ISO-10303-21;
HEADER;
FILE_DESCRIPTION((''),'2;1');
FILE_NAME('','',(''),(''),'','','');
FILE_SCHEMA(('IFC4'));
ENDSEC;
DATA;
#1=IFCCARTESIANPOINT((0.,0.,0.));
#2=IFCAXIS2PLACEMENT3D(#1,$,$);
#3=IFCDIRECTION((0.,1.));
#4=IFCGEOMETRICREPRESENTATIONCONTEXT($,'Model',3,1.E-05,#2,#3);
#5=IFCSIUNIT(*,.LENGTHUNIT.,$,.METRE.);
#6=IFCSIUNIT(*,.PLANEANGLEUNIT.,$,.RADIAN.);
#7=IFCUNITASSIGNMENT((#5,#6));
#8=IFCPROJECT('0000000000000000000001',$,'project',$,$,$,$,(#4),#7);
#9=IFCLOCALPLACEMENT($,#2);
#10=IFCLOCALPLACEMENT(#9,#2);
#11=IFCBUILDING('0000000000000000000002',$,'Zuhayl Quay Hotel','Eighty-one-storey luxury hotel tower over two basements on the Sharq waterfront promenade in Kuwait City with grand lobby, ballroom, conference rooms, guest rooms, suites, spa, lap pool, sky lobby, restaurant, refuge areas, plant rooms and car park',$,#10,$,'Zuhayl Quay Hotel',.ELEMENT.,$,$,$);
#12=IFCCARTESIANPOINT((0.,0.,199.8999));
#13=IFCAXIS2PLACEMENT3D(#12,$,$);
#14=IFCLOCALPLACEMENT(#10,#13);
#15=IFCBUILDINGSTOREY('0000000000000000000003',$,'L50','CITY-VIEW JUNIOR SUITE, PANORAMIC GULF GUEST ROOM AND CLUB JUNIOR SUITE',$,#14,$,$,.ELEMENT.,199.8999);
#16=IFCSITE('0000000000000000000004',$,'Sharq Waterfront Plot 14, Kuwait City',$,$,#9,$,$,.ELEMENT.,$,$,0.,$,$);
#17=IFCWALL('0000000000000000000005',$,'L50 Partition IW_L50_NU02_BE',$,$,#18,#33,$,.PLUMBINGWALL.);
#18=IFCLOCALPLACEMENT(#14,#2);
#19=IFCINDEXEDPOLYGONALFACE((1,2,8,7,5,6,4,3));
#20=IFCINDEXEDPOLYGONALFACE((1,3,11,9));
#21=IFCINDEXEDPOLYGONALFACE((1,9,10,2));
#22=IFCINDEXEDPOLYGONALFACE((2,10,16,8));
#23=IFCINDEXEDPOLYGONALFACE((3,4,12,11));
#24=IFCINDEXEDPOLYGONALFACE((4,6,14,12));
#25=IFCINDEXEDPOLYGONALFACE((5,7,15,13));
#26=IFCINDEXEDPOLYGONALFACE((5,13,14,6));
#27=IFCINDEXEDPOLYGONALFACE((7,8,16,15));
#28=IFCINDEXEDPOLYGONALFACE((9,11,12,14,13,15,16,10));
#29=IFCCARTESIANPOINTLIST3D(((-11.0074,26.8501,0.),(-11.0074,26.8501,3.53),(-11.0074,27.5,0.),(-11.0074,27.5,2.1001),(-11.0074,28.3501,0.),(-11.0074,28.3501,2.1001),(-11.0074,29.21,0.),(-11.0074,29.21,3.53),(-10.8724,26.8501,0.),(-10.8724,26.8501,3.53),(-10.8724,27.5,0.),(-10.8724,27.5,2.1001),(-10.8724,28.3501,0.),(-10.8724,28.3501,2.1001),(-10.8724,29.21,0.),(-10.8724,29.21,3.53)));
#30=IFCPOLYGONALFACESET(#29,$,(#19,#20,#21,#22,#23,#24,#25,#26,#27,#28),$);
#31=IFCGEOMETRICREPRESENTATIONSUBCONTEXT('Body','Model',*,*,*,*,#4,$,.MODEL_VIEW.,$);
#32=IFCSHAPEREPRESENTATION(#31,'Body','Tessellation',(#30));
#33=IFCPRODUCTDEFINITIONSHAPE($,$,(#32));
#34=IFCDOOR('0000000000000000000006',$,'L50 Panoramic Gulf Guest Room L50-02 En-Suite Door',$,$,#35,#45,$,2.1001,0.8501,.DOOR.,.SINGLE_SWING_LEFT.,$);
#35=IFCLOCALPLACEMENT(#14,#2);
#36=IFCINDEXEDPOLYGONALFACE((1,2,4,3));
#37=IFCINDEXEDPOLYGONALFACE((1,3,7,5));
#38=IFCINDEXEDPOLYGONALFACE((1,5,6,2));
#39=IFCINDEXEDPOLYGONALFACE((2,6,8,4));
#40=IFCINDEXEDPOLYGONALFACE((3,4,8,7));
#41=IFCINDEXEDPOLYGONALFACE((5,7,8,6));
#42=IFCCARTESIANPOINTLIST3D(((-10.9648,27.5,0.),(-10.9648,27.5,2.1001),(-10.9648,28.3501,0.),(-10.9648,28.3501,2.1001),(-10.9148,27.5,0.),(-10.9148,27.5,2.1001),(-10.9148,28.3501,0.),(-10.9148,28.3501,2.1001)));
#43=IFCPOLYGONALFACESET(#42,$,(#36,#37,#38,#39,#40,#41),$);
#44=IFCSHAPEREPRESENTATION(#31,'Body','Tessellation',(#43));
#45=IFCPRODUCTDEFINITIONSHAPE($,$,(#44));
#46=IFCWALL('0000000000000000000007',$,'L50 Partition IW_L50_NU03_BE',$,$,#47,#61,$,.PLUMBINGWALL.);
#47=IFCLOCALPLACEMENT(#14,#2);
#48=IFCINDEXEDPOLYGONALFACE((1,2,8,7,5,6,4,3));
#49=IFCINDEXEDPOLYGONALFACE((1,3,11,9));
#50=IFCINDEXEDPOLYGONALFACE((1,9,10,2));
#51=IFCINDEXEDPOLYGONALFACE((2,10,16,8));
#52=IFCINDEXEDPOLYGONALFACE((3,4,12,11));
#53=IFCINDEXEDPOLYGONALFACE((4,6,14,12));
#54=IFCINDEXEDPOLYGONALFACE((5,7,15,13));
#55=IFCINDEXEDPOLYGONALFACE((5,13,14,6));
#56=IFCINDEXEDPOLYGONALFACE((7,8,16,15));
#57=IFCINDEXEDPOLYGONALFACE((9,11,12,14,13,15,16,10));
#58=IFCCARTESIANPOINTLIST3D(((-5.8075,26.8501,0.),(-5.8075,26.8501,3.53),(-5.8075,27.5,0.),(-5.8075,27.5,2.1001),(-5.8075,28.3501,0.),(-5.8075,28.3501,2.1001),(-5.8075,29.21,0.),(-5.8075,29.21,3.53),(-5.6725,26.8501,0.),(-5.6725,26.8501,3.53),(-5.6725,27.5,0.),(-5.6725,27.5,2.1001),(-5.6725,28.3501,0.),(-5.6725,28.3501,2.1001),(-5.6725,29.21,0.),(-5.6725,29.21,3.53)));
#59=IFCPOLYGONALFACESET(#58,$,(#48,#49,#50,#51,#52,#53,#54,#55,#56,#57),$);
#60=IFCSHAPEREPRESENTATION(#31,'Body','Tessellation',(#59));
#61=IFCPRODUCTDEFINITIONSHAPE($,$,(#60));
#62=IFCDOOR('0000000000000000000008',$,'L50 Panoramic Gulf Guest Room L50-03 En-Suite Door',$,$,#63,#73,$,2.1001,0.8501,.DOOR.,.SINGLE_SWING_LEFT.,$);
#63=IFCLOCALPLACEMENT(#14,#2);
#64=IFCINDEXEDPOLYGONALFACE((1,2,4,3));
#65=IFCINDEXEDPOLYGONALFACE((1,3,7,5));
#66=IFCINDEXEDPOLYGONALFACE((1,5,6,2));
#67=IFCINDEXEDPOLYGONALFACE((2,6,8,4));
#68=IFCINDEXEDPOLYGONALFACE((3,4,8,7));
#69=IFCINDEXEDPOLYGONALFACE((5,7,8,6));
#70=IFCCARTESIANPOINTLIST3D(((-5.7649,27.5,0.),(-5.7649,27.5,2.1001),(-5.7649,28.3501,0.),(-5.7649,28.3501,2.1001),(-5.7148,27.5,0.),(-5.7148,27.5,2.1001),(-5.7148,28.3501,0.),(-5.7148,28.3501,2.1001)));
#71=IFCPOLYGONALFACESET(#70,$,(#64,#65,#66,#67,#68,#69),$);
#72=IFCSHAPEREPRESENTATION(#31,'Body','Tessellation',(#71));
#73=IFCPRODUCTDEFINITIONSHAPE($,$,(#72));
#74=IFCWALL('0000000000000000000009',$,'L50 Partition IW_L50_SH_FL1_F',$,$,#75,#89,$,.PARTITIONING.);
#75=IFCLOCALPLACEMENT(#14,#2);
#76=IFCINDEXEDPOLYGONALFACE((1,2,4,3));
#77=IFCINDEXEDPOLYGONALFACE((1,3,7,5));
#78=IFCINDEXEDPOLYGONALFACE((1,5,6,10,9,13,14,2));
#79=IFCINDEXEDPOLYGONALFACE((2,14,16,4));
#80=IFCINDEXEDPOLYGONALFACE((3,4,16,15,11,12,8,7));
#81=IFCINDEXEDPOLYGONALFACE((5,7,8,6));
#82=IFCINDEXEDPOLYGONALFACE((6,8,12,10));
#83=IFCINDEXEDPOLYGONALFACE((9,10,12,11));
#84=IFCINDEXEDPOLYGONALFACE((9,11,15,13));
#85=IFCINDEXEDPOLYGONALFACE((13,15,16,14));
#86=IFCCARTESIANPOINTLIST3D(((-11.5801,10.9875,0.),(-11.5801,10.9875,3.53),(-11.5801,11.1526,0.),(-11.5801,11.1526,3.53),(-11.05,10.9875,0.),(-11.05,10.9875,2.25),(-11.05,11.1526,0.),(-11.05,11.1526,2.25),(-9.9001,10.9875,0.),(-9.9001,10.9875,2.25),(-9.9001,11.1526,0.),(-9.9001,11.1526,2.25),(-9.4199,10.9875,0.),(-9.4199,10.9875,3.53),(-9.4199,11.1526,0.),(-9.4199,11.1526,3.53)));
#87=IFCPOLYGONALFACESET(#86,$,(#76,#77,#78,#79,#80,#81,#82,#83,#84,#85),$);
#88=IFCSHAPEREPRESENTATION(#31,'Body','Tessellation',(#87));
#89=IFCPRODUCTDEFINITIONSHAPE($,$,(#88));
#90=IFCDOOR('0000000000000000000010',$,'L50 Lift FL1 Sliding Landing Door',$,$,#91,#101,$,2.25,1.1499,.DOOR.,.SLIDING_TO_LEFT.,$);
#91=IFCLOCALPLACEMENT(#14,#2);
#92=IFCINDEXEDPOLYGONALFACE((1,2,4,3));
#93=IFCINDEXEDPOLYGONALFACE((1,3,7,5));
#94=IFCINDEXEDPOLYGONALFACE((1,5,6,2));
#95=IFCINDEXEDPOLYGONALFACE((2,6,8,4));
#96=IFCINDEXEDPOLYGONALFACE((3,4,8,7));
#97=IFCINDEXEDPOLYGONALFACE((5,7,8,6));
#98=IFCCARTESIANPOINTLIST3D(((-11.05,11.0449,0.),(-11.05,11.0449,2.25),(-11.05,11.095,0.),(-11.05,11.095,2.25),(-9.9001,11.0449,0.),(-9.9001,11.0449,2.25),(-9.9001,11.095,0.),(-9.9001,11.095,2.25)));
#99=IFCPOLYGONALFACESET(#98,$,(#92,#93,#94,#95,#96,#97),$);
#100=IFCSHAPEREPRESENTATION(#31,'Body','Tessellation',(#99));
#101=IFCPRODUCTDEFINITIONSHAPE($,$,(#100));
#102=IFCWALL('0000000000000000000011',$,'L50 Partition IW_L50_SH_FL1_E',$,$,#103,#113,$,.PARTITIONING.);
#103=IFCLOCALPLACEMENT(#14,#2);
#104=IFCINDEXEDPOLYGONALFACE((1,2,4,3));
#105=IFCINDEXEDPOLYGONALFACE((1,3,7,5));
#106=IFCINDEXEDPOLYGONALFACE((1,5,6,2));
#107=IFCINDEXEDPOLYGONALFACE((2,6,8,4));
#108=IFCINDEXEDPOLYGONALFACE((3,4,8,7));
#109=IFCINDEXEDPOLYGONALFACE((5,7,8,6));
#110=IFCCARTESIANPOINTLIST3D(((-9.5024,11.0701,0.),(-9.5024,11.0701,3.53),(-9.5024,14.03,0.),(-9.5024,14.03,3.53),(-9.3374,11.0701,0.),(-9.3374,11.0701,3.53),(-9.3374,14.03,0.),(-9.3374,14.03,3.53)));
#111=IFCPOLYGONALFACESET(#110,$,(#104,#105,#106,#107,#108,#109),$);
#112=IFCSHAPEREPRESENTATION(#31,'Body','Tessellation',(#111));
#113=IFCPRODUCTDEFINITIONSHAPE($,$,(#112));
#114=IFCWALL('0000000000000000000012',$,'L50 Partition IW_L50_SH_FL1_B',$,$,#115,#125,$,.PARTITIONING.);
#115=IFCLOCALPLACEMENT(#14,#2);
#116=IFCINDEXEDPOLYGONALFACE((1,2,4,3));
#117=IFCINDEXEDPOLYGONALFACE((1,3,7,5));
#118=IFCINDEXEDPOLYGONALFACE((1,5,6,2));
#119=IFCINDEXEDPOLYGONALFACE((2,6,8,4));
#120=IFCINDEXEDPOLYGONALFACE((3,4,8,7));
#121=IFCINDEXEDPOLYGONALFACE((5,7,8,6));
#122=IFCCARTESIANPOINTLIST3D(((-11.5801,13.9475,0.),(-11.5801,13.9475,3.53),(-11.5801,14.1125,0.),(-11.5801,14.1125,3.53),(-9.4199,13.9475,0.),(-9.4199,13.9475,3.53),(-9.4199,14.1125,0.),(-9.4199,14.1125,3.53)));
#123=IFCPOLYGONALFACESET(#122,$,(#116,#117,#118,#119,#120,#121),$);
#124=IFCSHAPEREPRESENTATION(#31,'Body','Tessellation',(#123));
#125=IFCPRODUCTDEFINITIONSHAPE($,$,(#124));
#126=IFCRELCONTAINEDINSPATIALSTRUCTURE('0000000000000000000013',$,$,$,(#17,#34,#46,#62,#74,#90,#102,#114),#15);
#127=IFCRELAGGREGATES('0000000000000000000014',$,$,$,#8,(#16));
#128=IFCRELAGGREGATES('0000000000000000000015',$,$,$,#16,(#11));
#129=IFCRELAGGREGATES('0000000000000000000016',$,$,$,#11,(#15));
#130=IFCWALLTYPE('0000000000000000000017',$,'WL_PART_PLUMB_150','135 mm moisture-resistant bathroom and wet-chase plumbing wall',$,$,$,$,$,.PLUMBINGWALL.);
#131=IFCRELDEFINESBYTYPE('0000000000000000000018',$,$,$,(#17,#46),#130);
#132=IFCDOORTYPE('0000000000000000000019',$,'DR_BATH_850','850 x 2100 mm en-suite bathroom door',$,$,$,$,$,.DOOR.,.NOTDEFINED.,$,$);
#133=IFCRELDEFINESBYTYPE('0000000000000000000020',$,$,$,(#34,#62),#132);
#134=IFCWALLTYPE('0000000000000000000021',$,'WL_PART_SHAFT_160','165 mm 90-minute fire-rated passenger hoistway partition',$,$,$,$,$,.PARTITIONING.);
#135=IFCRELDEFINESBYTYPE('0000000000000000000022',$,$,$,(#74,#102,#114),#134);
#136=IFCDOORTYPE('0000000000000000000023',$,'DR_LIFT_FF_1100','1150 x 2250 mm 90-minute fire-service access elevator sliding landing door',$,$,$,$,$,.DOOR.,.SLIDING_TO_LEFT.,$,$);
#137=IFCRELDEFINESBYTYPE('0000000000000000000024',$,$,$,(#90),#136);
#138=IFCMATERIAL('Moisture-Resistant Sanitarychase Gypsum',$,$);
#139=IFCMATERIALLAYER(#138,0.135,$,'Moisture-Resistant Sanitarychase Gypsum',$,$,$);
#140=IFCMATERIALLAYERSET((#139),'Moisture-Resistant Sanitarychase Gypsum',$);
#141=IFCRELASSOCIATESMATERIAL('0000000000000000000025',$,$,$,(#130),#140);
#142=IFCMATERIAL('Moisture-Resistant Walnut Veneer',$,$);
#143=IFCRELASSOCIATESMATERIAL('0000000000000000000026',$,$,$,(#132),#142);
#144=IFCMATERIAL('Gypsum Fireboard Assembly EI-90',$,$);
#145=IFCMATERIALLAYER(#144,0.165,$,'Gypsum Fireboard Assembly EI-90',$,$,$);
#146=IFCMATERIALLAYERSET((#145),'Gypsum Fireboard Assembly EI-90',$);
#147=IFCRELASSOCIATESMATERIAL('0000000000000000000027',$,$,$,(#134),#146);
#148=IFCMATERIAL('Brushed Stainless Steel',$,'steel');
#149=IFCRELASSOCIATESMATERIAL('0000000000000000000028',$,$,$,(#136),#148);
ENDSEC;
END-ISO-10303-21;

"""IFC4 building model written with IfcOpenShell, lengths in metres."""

from ifc_helpers import new_model, si_unit, direction, frame, frame_2d, origin, place, context, subcontext, project, spatial, rectangle, extrude, material, layer, layer_set, type_object, element, fill, save


model = new_model("IFC4")

# Units and contexts
model_context = context("Model", 3, precision=1e-05, world=origin(), true_north=direction((0.0, 1.0)))
body_context = subcontext(model_context, "Body", "Model", "MODEL_VIEW")
ifc_project = project(units=[si_unit("LENGTHUNIT", "METRE"), si_unit("PLANEANGLEUNIT", "RADIAN")], contexts=[model_context])

# Site, building, storey
site_placement = place(None, origin())
site = spatial("IfcSite", under=ifc_project, at=site_placement, Name="Sharq Waterfront Plot 14, Kuwait City", CompositionType="ELEMENT", RefElevation=0.0)
building_placement = place(site_placement, origin())
building = spatial("IfcBuilding", under=site, at=building_placement, Name="Zuhayl Quay Hotel", Description="Eighty-one-storey luxury hotel tower over two basements on the Sharq waterfront promenade in Kuwait City with grand lobby, ballroom, conference rooms, guest rooms, suites, spa, lap pool, sky lobby, restaurant, refuge areas, plant rooms and car park", LongName="Zuhayl Quay Hotel", CompositionType="ELEMENT")
storey_placement = place(building_placement, frame((0.0, 0.0, 199.8999)))
storey = spatial("IfcBuildingStorey", under=building, at=storey_placement, Name="L50", Description="CITY-VIEW JUNIOR SUITE, PANORAMIC GULF GUEST ROOM AND CLUB JUNIOR SUITE", CompositionType="ELEMENT", Elevation=199.8999)

# Walls, openings, doors
ifc_material_1 = material(Name="Moisture-Resistant Sanitarychase Gypsum")
ifc_layer_1 = layer(ifc_material_1, 0.135, Name="Moisture-Resistant Sanitarychase Gypsum")
ifc_layer_set_1 = layer_set([ifc_layer_1], Name="Moisture-Resistant Sanitarychase Gypsum")
wall_type_1 = type_object("IfcWallType", Name="WL_PART_PLUMB_150", Description="135 mm moisture-resistant bathroom and wet-chase plumbing wall", PredefinedType="PLUMBINGWALL", material=ifc_layer_set_1)
wall_1_placement = place(storey_placement, frame((-10.9399, 26.8501, 0.0), z_axis=(0.0, 0.0, 1.0), x_axis=(0.0, 1.0, 0.0)))
wall_1 = element("IfcWall", 1, at=wall_1_placement, inside=storey, type_object=wall_type_1, Name="L50 Partition IW_L50_NU02_BE", PredefinedType="PLUMBINGWALL", context=body_context, shape_type="SweptSolid", body=[
    extrude(rectangle(XDim=2.3599, YDim=0.135, at=frame_2d((1.1799, 0.0))), origin(), (0.0, 0.0, 1.0), 3.53),
])
opening_1_placement = place(wall_1_placement, frame((0.6499, 0.0, 0.0)))
opening_1 = element("IfcOpeningElement", 2, at=opening_1_placement, cuts=wall_1, PredefinedType="OPENING", context=body_context, shape_type="SweptSolid", body=[
    extrude(rectangle(XDim=0.8501, YDim=2.1001, at=frame_2d((0.425, 1.05))), frame((0.0, 0.0774, 0.0), z_axis=(0.0, -1.0, 0.0), x_axis=(1.0, 0.0, 0.0)), (0.0, 0.0, 1.0), 0.155),
])
ifc_material_2 = material(Name="Moisture-Resistant Walnut Veneer")
door_type_1 = type_object("IfcDoorType", Name="DR_BATH_850", Description="850 x 2100 mm en-suite bathroom door", OperationType="NOTDEFINED", PredefinedType="DOOR", material=ifc_material_2)
door_1_placement = place(opening_1_placement, origin())
door_1 = element("IfcDoor", 3, at=door_1_placement, inside=storey, type_object=door_type_1, Name="L50 Panoramic Gulf Guest Room L50-02 En-Suite Door", OperationType="SINGLE_SWING_LEFT", OverallHeight=2.1001, OverallWidth=0.8501, PredefinedType="DOOR", context=body_context, shape_type="SweptSolid", body=[
    extrude(rectangle(XDim=0.8501, YDim=2.1001, at=frame_2d((0.425, 1.05))), frame((0.0, 0.0249, 0.0), z_axis=(0.0, -1.0, 0.0), x_axis=(1.0, 0.0, 0.0)), (0.0, 0.0, 1.0), 0.05),
])
fill(opening_1, door_1)
wall_2_placement = place(storey_placement, frame((-5.74, 26.8501, 0.0), z_axis=(0.0, 0.0, 1.0), x_axis=(0.0, 1.0, 0.0)))
wall_2 = element("IfcWall", 4, at=wall_2_placement, inside=storey, type_object=wall_type_1, Name="L50 Partition IW_L50_NU03_BE", PredefinedType="PLUMBINGWALL", context=body_context, shape_type="SweptSolid", body=[
    extrude(rectangle(XDim=2.3599, YDim=0.135, at=frame_2d((1.1799, 0.0))), origin(), (0.0, 0.0, 1.0), 3.53),
])
opening_2_placement = place(wall_2_placement, frame((0.6499, 0.0, 0.0)))
opening_2 = element("IfcOpeningElement", 5, at=opening_2_placement, cuts=wall_2, PredefinedType="OPENING", context=body_context, shape_type="SweptSolid", body=[
    extrude(rectangle(XDim=0.8501, YDim=2.1001, at=frame_2d((0.425, 1.05))), frame((0.0, 0.0774, 0.0), z_axis=(0.0, -1.0, 0.0), x_axis=(1.0, 0.0, 0.0)), (0.0, 0.0, 1.0), 0.155),
])
door_2_placement = place(opening_2_placement, origin())
door_2 = element("IfcDoor", 6, at=door_2_placement, inside=storey, type_object=door_type_1, Name="L50 Panoramic Gulf Guest Room L50-03 En-Suite Door", OperationType="SINGLE_SWING_LEFT", OverallHeight=2.1001, OverallWidth=0.8501, PredefinedType="DOOR", context=body_context, shape_type="SweptSolid", body=[
    extrude(rectangle(XDim=0.8501, YDim=2.1001, at=frame_2d((0.425, 1.05))), frame((0.0, 0.0249, 0.0), z_axis=(0.0, -1.0, 0.0), x_axis=(1.0, 0.0, 0.0)), (0.0, 0.0, 1.0), 0.05),
])
fill(opening_2, door_2)
ifc_material_3 = material(Name="Gypsum Fireboard Assembly EI-90")
ifc_layer_2 = layer(ifc_material_3, 0.165, Name="Gypsum Fireboard Assembly EI-90")
ifc_layer_set_2 = layer_set([ifc_layer_2], Name="Gypsum Fireboard Assembly EI-90")
wall_type_2 = type_object("IfcWallType", Name="WL_PART_SHAFT_160", Description="165 mm 90-minute fire-rated passenger hoistway partition", PredefinedType="PARTITIONING", material=ifc_layer_set_2)
wall_3_placement = place(storey_placement, frame((-11.5801, 11.0701, 0.0), z_axis=(0.0, 0.0, 1.0), x_axis=(1.0, 0.0, 0.0)))
wall_3 = element("IfcWall", 7, at=wall_3_placement, inside=storey, type_object=wall_type_2, Name="L50 Partition IW_L50_SH_FL1_F", PredefinedType="PARTITIONING", context=body_context, shape_type="SweptSolid", body=[
    extrude(rectangle(XDim=2.1602, YDim=0.165, at=frame_2d((1.0801, 0.0))), origin(), (0.0, 0.0, 1.0), 3.53),
])
opening_3_placement = place(wall_3_placement, frame((0.53, 0.0, 0.0)))
opening_3 = element("IfcOpeningElement", 8, at=opening_3_placement, cuts=wall_3, PredefinedType="OPENING", context=body_context, shape_type="SweptSolid", body=[
    extrude(rectangle(XDim=1.1499, YDim=2.25, at=frame_2d((0.575, 1.125))), frame((0.0, 0.0925, 0.0), z_axis=(0.0, -1.0, 0.0), x_axis=(1.0, 0.0, 0.0)), (0.0, 0.0, 1.0), 0.1851),
])
ifc_material_4 = material(Name="Brushed Stainless Steel", Category="steel")
door_type_2 = type_object("IfcDoorType", Name="DR_LIFT_FF_1100", Description="1150 x 2250 mm 90-minute fire-service access elevator sliding landing door", OperationType="SLIDING_TO_LEFT", PredefinedType="DOOR", material=ifc_material_4)
door_3_placement = place(opening_3_placement, origin())
door_3 = element("IfcDoor", 9, at=door_3_placement, inside=storey, type_object=door_type_2, Name="L50 Lift FL1 Sliding Landing Door", OperationType="SLIDING_TO_LEFT", OverallHeight=2.25, OverallWidth=1.1499, PredefinedType="DOOR", context=body_context, shape_type="SweptSolid", body=[
    extrude(rectangle(XDim=1.1499, YDim=2.25, at=frame_2d((0.575, 1.125))), frame((0.0, 0.0249, 0.0), z_axis=(0.0, -1.0, 0.0), x_axis=(1.0, 0.0, 0.0)), (0.0, 0.0, 1.0), 0.05),
])
fill(opening_3, door_3)

# Walls
wall_4_placement = place(storey_placement, frame((-9.4199, 11.0701, 0.0), z_axis=(0.0, 0.0, 1.0), x_axis=(0.0, 1.0, 0.0)))
element("IfcWall", 10, at=wall_4_placement, inside=storey, type_object=wall_type_2, Name="L50 Partition IW_L50_SH_FL1_E", PredefinedType="PARTITIONING", context=body_context, shape_type="SweptSolid", body=[
    extrude(rectangle(XDim=2.96, YDim=0.165, at=frame_2d((1.48, 0.0))), origin(), (0.0, 0.0, 1.0), 3.53),
])
wall_5_placement = place(storey_placement, frame((-11.5801, 14.03, 0.0), z_axis=(0.0, 0.0, 1.0), x_axis=(1.0, 0.0, 0.0)))
element("IfcWall", 11, at=wall_5_placement, inside=storey, type_object=wall_type_2, Name="L50 Partition IW_L50_SH_FL1_B", PredefinedType="PARTITIONING", context=body_context, shape_type="SweptSolid", body=[
    extrude(rectangle(XDim=2.1602, YDim=0.165, at=frame_2d((1.0801, 0.0))), origin(), (0.0, 0.0, 1.0), 3.53),
])

save(model, "model.ifc")
